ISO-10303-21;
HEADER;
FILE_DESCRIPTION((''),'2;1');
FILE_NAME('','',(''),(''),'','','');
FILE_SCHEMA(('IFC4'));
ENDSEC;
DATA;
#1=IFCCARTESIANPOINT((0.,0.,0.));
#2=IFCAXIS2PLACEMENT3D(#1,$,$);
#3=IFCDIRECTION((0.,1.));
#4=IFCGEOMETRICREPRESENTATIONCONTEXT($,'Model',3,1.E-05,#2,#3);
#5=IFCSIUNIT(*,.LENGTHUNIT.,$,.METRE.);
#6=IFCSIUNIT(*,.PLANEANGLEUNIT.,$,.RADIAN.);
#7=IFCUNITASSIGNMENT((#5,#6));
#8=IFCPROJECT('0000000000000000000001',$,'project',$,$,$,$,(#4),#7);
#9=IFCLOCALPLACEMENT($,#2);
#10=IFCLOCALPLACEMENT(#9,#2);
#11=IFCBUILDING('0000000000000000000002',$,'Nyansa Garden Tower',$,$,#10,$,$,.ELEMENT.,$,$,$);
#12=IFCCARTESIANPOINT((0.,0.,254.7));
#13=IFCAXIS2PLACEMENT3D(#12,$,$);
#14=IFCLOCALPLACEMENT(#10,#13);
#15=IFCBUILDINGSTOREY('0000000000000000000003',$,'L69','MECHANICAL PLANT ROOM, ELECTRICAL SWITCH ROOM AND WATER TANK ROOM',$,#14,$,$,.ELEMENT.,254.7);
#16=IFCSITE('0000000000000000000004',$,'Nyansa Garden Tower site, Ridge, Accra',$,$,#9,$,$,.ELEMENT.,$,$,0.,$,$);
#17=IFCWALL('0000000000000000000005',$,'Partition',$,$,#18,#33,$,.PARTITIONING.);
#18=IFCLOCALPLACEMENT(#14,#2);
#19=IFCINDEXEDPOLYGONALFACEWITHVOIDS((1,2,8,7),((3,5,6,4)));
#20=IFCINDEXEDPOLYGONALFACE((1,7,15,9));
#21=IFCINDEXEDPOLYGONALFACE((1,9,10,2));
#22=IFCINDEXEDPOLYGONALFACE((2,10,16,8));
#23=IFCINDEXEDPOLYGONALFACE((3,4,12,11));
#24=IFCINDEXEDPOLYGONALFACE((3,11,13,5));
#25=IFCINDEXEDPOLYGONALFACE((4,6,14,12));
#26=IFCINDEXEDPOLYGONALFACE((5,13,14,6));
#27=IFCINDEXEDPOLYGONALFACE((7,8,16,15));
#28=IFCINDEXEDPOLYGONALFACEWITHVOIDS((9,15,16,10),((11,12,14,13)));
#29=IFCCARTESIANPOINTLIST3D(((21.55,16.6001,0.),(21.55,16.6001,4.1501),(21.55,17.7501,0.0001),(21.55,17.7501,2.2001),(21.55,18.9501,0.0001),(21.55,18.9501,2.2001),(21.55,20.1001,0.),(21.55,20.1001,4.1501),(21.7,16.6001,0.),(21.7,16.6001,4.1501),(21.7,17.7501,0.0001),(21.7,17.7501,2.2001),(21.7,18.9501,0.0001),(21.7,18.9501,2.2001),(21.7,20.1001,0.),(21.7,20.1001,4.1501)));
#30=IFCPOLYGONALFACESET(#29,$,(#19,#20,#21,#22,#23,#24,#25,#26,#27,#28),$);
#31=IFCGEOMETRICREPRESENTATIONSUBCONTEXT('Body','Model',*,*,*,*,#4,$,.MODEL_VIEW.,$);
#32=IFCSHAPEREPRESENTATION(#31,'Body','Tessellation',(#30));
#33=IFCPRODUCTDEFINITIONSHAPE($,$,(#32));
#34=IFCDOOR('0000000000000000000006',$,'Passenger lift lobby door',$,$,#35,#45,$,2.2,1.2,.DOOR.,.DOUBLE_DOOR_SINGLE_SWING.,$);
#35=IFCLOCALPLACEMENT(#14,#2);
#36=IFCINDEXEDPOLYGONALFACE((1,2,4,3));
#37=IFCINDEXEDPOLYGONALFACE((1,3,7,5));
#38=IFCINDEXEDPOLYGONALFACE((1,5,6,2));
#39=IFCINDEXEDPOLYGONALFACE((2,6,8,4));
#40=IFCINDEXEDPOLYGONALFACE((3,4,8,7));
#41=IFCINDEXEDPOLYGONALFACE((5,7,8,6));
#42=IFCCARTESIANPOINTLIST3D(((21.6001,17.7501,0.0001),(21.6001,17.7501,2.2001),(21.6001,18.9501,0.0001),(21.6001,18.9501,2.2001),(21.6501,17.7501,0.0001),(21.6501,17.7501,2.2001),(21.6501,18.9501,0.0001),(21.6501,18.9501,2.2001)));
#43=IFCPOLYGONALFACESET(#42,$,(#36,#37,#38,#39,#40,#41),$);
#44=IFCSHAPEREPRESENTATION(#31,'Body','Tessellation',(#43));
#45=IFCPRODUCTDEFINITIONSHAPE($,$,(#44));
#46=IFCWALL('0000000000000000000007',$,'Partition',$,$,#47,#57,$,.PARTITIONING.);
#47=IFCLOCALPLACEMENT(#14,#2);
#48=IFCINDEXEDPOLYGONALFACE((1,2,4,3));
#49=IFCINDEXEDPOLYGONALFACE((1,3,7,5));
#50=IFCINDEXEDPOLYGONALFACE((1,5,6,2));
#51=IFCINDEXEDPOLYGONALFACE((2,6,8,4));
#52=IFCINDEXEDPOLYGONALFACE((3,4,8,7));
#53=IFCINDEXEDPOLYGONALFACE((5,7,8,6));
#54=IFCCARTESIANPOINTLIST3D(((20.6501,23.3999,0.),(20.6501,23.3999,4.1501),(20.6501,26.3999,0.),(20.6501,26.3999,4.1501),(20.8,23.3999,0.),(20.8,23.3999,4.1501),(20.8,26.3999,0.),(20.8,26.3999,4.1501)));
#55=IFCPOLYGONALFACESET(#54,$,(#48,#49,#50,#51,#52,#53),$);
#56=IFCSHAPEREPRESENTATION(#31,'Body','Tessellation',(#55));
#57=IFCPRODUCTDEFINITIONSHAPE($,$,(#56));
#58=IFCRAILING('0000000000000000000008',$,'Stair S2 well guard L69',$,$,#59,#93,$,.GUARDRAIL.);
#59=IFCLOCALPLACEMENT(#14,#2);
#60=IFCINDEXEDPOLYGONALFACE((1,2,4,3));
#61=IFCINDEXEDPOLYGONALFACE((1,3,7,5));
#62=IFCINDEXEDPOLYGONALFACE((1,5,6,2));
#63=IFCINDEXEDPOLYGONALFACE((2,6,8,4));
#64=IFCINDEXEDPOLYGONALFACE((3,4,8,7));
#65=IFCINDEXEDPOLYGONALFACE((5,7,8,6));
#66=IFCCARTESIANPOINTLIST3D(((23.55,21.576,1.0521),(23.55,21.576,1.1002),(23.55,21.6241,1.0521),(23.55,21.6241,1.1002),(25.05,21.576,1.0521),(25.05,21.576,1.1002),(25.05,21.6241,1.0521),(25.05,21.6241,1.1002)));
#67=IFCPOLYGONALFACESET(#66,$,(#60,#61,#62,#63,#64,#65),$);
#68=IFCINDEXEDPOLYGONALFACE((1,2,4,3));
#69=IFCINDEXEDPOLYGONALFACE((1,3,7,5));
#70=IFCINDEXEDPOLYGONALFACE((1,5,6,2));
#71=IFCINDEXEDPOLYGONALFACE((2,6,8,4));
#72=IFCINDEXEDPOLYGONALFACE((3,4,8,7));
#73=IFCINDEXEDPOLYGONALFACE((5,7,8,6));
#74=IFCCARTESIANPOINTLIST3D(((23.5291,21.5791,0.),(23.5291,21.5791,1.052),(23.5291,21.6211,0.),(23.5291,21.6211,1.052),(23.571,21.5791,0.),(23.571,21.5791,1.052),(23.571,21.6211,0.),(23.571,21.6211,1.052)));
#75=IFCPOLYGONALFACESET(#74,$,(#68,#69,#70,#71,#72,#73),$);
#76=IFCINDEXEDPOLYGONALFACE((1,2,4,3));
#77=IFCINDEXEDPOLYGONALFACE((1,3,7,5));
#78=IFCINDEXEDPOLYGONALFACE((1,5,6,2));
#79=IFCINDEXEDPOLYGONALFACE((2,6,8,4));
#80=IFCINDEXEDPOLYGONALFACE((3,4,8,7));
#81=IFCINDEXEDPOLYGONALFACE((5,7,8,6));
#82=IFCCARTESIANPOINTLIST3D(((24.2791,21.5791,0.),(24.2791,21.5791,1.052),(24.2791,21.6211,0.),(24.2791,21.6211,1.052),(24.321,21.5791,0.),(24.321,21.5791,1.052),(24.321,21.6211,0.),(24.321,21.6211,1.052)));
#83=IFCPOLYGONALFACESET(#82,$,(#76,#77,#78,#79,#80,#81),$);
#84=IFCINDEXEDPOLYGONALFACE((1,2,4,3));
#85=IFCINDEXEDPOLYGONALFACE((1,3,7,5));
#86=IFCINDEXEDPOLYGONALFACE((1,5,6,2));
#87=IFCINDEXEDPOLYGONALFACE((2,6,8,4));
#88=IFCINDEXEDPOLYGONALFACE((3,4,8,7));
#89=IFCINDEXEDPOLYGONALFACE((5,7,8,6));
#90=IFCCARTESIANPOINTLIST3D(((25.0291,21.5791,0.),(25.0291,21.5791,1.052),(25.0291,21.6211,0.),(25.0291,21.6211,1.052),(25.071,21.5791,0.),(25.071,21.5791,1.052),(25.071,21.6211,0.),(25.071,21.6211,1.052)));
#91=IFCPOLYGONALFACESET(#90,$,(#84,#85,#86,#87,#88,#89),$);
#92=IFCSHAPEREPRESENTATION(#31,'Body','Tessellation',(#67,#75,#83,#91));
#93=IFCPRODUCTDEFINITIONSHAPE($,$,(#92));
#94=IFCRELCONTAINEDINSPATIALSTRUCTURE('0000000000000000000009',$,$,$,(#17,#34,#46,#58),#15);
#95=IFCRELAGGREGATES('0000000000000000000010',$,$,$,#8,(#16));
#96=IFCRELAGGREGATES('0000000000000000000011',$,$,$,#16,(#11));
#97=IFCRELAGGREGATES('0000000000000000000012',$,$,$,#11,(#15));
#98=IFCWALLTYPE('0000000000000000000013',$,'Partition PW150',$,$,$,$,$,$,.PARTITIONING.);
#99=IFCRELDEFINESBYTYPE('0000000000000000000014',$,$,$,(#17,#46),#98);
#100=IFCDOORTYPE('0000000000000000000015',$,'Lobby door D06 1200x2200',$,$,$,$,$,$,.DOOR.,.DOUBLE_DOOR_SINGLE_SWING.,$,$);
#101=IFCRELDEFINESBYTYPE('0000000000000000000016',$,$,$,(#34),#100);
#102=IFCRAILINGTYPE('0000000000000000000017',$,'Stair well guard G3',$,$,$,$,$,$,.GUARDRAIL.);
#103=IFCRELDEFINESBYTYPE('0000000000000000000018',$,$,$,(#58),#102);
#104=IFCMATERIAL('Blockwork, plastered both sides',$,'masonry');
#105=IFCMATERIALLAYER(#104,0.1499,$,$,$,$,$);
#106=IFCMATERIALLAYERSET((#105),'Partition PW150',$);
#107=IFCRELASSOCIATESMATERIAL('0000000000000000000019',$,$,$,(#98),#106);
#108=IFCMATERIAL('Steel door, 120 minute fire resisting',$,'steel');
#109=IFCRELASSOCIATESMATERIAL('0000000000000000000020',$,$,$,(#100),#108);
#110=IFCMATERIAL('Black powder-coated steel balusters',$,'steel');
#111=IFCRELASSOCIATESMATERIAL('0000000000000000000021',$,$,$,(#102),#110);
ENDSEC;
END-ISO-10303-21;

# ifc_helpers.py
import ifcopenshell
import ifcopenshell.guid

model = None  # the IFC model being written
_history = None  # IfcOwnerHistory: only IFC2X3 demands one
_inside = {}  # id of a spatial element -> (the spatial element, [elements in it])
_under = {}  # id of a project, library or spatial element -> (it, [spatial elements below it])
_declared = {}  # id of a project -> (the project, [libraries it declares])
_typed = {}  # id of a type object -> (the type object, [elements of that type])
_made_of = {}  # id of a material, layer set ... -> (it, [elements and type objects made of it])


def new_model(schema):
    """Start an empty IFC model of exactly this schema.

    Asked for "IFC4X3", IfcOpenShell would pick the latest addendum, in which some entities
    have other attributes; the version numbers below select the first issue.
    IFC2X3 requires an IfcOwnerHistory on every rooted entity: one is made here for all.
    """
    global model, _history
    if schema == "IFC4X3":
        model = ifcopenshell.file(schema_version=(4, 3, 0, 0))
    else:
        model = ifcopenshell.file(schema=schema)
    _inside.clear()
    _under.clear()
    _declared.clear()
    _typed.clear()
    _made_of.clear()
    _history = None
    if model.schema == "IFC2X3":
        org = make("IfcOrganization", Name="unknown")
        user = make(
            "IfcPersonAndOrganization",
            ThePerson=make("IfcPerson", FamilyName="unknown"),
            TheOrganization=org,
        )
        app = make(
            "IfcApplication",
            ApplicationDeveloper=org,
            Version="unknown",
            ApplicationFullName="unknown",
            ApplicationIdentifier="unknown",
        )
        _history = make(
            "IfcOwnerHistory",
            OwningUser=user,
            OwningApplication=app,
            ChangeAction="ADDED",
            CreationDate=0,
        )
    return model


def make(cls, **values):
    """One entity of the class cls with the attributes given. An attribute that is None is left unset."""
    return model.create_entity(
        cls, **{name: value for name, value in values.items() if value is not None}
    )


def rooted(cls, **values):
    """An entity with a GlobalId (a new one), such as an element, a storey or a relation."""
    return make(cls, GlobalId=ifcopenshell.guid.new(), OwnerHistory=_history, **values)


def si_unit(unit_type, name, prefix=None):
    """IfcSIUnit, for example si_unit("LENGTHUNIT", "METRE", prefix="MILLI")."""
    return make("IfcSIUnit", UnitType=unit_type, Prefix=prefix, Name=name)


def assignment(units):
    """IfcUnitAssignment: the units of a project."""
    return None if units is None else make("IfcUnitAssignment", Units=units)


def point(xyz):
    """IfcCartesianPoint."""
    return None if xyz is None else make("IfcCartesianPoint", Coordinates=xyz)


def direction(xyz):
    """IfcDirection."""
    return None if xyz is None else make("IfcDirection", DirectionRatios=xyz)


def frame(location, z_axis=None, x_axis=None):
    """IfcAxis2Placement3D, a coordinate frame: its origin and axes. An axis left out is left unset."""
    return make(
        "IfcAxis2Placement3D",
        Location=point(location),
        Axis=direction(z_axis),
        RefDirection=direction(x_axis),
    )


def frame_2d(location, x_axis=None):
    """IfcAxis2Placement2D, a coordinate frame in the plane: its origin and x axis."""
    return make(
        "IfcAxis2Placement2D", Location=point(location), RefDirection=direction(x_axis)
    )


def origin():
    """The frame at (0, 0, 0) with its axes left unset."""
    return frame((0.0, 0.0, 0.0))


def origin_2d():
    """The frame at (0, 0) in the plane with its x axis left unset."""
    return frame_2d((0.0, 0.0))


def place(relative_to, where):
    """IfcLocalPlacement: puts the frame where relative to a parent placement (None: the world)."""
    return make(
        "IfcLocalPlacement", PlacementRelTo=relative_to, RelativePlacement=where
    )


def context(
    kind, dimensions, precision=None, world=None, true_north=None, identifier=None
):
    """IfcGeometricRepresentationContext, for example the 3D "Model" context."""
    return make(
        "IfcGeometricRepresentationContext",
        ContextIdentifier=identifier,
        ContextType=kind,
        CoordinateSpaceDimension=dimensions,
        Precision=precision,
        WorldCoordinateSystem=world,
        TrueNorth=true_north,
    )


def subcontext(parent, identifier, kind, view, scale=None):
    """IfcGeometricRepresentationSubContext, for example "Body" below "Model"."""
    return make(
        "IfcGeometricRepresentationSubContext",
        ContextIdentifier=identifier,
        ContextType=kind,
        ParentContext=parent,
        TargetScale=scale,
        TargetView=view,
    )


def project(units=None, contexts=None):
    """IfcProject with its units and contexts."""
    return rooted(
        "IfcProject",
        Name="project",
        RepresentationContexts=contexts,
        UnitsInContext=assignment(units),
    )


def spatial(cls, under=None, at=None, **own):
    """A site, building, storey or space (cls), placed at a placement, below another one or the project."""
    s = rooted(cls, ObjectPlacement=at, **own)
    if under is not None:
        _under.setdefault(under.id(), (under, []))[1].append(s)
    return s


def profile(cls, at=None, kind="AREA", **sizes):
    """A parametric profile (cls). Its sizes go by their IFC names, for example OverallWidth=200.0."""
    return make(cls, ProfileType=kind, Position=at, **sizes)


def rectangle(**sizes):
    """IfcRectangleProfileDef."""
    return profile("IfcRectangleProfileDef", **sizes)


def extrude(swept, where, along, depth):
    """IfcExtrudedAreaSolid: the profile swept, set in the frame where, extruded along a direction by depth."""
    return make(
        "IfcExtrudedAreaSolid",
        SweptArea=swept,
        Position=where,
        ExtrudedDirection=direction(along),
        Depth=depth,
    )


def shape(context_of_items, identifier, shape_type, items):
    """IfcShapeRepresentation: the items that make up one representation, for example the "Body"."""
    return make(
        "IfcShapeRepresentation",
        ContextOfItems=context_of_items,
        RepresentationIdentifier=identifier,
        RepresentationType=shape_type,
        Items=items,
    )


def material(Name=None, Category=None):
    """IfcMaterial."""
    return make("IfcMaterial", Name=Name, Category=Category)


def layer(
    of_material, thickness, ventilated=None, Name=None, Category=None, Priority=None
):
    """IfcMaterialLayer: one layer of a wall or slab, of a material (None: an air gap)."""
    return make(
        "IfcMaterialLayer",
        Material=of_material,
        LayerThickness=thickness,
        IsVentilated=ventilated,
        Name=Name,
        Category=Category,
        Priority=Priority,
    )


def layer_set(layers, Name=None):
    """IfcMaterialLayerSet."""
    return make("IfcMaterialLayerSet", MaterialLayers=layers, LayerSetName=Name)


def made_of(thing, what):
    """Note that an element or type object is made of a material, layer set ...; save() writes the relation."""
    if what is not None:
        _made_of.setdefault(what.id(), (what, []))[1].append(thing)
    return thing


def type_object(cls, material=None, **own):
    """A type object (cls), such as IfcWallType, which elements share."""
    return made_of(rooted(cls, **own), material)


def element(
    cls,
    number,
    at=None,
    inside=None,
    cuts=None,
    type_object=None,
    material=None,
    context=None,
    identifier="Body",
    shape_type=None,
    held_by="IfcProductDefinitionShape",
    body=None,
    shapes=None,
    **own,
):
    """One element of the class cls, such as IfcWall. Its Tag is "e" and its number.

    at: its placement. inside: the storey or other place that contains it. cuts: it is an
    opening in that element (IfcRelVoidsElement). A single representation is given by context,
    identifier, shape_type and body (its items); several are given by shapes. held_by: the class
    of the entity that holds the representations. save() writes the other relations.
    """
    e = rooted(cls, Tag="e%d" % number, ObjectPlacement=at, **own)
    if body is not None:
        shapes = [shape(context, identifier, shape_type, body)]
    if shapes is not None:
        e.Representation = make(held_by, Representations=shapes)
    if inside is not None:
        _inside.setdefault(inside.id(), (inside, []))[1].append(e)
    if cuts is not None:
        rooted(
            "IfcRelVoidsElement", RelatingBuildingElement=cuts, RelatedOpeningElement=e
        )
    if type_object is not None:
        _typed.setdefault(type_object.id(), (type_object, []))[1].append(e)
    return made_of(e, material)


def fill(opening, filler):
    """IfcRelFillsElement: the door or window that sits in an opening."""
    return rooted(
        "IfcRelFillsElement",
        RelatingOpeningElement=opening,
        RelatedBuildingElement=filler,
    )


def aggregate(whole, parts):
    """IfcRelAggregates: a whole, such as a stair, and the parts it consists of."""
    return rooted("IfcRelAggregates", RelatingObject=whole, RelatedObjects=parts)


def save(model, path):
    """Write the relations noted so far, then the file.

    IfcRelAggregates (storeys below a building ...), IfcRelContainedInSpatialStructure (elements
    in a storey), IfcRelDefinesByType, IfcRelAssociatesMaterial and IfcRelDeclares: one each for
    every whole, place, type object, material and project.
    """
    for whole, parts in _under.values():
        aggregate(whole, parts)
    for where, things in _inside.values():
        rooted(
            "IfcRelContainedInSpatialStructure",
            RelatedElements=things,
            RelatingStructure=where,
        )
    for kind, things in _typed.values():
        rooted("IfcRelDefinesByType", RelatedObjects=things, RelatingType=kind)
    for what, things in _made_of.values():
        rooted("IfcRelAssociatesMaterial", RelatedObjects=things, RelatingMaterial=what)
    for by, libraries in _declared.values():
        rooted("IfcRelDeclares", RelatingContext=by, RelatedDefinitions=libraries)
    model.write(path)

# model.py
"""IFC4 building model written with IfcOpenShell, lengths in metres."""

from ifc_helpers import new_model, si_unit, direction, frame, frame_2d, origin, origin_2d, place, context, subcontext, project, spatial, rectangle, extrude, material, layer, layer_set, type_object, element, fill, save


model = new_model("IFC4")

# Units and contexts
model_context = context("Model", 3, precision=1e-05, world=origin(), true_north=direction((0.0, 1.0)))
body_context = subcontext(model_context, "Body", "Model", "MODEL_VIEW")
ifc_project = project(units=[si_unit("LENGTHUNIT", "METRE"), si_unit("PLANEANGLEUNIT", "RADIAN")], contexts=[model_context])

# Site, building, storey
site_placement = place(None, origin())
site = spatial("IfcSite", under=ifc_project, at=site_placement, Name="Nyansa Garden Tower site, Ridge, Accra", CompositionType="ELEMENT", RefElevation=0.0)
building_placement = place(site_placement, origin())
building = spatial("IfcBuilding", under=site, at=building_placement, Name="Nyansa Garden Tower", CompositionType="ELEMENT")
storey_placement = place(building_placement, frame((0.0, 0.0, 254.7)))
storey = spatial("IfcBuildingStorey", under=building, at=storey_placement, Name="L69", Description="MECHANICAL PLANT ROOM, ELECTRICAL SWITCH ROOM AND WATER TANK ROOM", CompositionType="ELEMENT", Elevation=254.7)

# Wall, opening, door
ifc_material_1 = material(Name="Blockwork, plastered both sides", Category="masonry")
ifc_layer_1 = layer(ifc_material_1, 0.1499)
ifc_layer_set_1 = layer_set([ifc_layer_1], Name="Partition PW150")
wall_type_1 = type_object("IfcWallType", Name="Partition PW150", PredefinedType="PARTITIONING", material=ifc_layer_set_1)
wall_1_placement = place(storey_placement, frame((21.625, 16.6001, 0.0), z_axis=(0.0, 0.0, 1.0), x_axis=(0.0, 1.0, 0.0)))
wall_1 = element("IfcWall", 1, at=wall_1_placement, inside=storey, type_object=wall_type_1, Name="Partition", PredefinedType="PARTITIONING", context=body_context, shape_type="SweptSolid", body=[
    extrude(rectangle(XDim=3.5, YDim=0.1499, at=frame_2d((1.75, 0.0))), origin(), (0.0, 0.0, 1.0), 4.1501),
])
opening_placement = place(wall_1_placement, frame((1.1499, 0.0, 0.0)))
opening = element("IfcOpeningElement", 2, at=opening_placement, cuts=wall_1, PredefinedType="OPENING", context=body_context, shape_type="SweptSolid", body=[
    extrude(rectangle(XDim=1.2, YDim=2.2, at=frame_2d((0.6001, 1.1001))), frame((0.0, 0.085, 0.0), z_axis=(0.0, -1.0, 0.0), x_axis=(1.0, 0.0, 0.0)), (0.0, 0.0, 1.0), 0.1699),
])
ifc_material_2 = material(Name="Steel door, 120 minute fire resisting", Category="steel")
door_type = type_object("IfcDoorType", Name="Lobby door D06 1200x2200", OperationType="DOUBLE_DOOR_SINGLE_SWING", PredefinedType="DOOR", material=ifc_material_2)
door_placement = place(opening_placement, origin())
door = element("IfcDoor", 3, at=door_placement, inside=storey, type_object=door_type, Name="Passenger lift lobby door", OperationType="DOUBLE_DOOR_SINGLE_SWING", OverallHeight=2.2, OverallWidth=1.2, PredefinedType="DOOR", context=body_context, shape_type="SweptSolid", body=[
    extrude(rectangle(XDim=1.2, YDim=2.2, at=frame_2d((0.6001, 1.1001))), frame((0.0, 0.0249, 0.0), z_axis=(0.0, -1.0, 0.0), x_axis=(1.0, 0.0, 0.0)), (0.0, 0.0, 1.0), 0.05),
])
fill(opening, door)

# Wall
wall_2_placement = place(storey_placement, frame((20.7251, 23.3999, 0.0), z_axis=(0.0, 0.0, 1.0), x_axis=(0.0, 1.0, 0.0)))
element("IfcWall", 4, at=wall_2_placement, inside=storey, type_object=wall_type_1, Name="Partition", PredefinedType="PARTITIONING", context=body_context, shape_type="SweptSolid", body=[
    extrude(rectangle(XDim=3.0, YDim=0.1499, at=frame_2d((1.5, 0.0))), origin(), (0.0, 0.0, 1.0), 4.1501),
])

# Railing
ifc_material_3 = material(Name="Black powder-coated steel balusters", Category="steel")
railing_type = type_object("IfcRailingType", Name="Stair well guard G3", PredefinedType="GUARDRAIL", material=ifc_material_3)
railing_placement = place(storey_placement, frame((23.55, 21.6001, 0.0)))
element("IfcRailing", 5, at=railing_placement, inside=storey, type_object=railing_type, Name="Stair S2 well guard L69", PredefinedType="GUARDRAIL", context=body_context, shape_type="SweptSolid", body=[
    extrude(rectangle(XDim=0.0481, YDim=0.0481, at=origin_2d()), frame((0.0, 0.0, 1.0762), z_axis=(1.0, 0.0, 0.0), x_axis=(0.0, 1.0, 0.0)), (0.0, 0.0, 1.0), 1.5),
    extrude(rectangle(XDim=0.042, YDim=0.042, at=origin_2d()), origin(), (0.0, 0.0, 1.0), 1.052),
    extrude(rectangle(XDim=0.042, YDim=0.042, at=origin_2d()), frame((0.75, 0.0, 0.0)), (0.0, 0.0, 1.0), 1.052),
    extrude(rectangle(XDim=0.042, YDim=0.042, at=origin_2d()), frame((1.5, 0.0, 0.0)), (0.0, 0.0, 1.0), 1.052),
])

save(model, "model.ifc")
